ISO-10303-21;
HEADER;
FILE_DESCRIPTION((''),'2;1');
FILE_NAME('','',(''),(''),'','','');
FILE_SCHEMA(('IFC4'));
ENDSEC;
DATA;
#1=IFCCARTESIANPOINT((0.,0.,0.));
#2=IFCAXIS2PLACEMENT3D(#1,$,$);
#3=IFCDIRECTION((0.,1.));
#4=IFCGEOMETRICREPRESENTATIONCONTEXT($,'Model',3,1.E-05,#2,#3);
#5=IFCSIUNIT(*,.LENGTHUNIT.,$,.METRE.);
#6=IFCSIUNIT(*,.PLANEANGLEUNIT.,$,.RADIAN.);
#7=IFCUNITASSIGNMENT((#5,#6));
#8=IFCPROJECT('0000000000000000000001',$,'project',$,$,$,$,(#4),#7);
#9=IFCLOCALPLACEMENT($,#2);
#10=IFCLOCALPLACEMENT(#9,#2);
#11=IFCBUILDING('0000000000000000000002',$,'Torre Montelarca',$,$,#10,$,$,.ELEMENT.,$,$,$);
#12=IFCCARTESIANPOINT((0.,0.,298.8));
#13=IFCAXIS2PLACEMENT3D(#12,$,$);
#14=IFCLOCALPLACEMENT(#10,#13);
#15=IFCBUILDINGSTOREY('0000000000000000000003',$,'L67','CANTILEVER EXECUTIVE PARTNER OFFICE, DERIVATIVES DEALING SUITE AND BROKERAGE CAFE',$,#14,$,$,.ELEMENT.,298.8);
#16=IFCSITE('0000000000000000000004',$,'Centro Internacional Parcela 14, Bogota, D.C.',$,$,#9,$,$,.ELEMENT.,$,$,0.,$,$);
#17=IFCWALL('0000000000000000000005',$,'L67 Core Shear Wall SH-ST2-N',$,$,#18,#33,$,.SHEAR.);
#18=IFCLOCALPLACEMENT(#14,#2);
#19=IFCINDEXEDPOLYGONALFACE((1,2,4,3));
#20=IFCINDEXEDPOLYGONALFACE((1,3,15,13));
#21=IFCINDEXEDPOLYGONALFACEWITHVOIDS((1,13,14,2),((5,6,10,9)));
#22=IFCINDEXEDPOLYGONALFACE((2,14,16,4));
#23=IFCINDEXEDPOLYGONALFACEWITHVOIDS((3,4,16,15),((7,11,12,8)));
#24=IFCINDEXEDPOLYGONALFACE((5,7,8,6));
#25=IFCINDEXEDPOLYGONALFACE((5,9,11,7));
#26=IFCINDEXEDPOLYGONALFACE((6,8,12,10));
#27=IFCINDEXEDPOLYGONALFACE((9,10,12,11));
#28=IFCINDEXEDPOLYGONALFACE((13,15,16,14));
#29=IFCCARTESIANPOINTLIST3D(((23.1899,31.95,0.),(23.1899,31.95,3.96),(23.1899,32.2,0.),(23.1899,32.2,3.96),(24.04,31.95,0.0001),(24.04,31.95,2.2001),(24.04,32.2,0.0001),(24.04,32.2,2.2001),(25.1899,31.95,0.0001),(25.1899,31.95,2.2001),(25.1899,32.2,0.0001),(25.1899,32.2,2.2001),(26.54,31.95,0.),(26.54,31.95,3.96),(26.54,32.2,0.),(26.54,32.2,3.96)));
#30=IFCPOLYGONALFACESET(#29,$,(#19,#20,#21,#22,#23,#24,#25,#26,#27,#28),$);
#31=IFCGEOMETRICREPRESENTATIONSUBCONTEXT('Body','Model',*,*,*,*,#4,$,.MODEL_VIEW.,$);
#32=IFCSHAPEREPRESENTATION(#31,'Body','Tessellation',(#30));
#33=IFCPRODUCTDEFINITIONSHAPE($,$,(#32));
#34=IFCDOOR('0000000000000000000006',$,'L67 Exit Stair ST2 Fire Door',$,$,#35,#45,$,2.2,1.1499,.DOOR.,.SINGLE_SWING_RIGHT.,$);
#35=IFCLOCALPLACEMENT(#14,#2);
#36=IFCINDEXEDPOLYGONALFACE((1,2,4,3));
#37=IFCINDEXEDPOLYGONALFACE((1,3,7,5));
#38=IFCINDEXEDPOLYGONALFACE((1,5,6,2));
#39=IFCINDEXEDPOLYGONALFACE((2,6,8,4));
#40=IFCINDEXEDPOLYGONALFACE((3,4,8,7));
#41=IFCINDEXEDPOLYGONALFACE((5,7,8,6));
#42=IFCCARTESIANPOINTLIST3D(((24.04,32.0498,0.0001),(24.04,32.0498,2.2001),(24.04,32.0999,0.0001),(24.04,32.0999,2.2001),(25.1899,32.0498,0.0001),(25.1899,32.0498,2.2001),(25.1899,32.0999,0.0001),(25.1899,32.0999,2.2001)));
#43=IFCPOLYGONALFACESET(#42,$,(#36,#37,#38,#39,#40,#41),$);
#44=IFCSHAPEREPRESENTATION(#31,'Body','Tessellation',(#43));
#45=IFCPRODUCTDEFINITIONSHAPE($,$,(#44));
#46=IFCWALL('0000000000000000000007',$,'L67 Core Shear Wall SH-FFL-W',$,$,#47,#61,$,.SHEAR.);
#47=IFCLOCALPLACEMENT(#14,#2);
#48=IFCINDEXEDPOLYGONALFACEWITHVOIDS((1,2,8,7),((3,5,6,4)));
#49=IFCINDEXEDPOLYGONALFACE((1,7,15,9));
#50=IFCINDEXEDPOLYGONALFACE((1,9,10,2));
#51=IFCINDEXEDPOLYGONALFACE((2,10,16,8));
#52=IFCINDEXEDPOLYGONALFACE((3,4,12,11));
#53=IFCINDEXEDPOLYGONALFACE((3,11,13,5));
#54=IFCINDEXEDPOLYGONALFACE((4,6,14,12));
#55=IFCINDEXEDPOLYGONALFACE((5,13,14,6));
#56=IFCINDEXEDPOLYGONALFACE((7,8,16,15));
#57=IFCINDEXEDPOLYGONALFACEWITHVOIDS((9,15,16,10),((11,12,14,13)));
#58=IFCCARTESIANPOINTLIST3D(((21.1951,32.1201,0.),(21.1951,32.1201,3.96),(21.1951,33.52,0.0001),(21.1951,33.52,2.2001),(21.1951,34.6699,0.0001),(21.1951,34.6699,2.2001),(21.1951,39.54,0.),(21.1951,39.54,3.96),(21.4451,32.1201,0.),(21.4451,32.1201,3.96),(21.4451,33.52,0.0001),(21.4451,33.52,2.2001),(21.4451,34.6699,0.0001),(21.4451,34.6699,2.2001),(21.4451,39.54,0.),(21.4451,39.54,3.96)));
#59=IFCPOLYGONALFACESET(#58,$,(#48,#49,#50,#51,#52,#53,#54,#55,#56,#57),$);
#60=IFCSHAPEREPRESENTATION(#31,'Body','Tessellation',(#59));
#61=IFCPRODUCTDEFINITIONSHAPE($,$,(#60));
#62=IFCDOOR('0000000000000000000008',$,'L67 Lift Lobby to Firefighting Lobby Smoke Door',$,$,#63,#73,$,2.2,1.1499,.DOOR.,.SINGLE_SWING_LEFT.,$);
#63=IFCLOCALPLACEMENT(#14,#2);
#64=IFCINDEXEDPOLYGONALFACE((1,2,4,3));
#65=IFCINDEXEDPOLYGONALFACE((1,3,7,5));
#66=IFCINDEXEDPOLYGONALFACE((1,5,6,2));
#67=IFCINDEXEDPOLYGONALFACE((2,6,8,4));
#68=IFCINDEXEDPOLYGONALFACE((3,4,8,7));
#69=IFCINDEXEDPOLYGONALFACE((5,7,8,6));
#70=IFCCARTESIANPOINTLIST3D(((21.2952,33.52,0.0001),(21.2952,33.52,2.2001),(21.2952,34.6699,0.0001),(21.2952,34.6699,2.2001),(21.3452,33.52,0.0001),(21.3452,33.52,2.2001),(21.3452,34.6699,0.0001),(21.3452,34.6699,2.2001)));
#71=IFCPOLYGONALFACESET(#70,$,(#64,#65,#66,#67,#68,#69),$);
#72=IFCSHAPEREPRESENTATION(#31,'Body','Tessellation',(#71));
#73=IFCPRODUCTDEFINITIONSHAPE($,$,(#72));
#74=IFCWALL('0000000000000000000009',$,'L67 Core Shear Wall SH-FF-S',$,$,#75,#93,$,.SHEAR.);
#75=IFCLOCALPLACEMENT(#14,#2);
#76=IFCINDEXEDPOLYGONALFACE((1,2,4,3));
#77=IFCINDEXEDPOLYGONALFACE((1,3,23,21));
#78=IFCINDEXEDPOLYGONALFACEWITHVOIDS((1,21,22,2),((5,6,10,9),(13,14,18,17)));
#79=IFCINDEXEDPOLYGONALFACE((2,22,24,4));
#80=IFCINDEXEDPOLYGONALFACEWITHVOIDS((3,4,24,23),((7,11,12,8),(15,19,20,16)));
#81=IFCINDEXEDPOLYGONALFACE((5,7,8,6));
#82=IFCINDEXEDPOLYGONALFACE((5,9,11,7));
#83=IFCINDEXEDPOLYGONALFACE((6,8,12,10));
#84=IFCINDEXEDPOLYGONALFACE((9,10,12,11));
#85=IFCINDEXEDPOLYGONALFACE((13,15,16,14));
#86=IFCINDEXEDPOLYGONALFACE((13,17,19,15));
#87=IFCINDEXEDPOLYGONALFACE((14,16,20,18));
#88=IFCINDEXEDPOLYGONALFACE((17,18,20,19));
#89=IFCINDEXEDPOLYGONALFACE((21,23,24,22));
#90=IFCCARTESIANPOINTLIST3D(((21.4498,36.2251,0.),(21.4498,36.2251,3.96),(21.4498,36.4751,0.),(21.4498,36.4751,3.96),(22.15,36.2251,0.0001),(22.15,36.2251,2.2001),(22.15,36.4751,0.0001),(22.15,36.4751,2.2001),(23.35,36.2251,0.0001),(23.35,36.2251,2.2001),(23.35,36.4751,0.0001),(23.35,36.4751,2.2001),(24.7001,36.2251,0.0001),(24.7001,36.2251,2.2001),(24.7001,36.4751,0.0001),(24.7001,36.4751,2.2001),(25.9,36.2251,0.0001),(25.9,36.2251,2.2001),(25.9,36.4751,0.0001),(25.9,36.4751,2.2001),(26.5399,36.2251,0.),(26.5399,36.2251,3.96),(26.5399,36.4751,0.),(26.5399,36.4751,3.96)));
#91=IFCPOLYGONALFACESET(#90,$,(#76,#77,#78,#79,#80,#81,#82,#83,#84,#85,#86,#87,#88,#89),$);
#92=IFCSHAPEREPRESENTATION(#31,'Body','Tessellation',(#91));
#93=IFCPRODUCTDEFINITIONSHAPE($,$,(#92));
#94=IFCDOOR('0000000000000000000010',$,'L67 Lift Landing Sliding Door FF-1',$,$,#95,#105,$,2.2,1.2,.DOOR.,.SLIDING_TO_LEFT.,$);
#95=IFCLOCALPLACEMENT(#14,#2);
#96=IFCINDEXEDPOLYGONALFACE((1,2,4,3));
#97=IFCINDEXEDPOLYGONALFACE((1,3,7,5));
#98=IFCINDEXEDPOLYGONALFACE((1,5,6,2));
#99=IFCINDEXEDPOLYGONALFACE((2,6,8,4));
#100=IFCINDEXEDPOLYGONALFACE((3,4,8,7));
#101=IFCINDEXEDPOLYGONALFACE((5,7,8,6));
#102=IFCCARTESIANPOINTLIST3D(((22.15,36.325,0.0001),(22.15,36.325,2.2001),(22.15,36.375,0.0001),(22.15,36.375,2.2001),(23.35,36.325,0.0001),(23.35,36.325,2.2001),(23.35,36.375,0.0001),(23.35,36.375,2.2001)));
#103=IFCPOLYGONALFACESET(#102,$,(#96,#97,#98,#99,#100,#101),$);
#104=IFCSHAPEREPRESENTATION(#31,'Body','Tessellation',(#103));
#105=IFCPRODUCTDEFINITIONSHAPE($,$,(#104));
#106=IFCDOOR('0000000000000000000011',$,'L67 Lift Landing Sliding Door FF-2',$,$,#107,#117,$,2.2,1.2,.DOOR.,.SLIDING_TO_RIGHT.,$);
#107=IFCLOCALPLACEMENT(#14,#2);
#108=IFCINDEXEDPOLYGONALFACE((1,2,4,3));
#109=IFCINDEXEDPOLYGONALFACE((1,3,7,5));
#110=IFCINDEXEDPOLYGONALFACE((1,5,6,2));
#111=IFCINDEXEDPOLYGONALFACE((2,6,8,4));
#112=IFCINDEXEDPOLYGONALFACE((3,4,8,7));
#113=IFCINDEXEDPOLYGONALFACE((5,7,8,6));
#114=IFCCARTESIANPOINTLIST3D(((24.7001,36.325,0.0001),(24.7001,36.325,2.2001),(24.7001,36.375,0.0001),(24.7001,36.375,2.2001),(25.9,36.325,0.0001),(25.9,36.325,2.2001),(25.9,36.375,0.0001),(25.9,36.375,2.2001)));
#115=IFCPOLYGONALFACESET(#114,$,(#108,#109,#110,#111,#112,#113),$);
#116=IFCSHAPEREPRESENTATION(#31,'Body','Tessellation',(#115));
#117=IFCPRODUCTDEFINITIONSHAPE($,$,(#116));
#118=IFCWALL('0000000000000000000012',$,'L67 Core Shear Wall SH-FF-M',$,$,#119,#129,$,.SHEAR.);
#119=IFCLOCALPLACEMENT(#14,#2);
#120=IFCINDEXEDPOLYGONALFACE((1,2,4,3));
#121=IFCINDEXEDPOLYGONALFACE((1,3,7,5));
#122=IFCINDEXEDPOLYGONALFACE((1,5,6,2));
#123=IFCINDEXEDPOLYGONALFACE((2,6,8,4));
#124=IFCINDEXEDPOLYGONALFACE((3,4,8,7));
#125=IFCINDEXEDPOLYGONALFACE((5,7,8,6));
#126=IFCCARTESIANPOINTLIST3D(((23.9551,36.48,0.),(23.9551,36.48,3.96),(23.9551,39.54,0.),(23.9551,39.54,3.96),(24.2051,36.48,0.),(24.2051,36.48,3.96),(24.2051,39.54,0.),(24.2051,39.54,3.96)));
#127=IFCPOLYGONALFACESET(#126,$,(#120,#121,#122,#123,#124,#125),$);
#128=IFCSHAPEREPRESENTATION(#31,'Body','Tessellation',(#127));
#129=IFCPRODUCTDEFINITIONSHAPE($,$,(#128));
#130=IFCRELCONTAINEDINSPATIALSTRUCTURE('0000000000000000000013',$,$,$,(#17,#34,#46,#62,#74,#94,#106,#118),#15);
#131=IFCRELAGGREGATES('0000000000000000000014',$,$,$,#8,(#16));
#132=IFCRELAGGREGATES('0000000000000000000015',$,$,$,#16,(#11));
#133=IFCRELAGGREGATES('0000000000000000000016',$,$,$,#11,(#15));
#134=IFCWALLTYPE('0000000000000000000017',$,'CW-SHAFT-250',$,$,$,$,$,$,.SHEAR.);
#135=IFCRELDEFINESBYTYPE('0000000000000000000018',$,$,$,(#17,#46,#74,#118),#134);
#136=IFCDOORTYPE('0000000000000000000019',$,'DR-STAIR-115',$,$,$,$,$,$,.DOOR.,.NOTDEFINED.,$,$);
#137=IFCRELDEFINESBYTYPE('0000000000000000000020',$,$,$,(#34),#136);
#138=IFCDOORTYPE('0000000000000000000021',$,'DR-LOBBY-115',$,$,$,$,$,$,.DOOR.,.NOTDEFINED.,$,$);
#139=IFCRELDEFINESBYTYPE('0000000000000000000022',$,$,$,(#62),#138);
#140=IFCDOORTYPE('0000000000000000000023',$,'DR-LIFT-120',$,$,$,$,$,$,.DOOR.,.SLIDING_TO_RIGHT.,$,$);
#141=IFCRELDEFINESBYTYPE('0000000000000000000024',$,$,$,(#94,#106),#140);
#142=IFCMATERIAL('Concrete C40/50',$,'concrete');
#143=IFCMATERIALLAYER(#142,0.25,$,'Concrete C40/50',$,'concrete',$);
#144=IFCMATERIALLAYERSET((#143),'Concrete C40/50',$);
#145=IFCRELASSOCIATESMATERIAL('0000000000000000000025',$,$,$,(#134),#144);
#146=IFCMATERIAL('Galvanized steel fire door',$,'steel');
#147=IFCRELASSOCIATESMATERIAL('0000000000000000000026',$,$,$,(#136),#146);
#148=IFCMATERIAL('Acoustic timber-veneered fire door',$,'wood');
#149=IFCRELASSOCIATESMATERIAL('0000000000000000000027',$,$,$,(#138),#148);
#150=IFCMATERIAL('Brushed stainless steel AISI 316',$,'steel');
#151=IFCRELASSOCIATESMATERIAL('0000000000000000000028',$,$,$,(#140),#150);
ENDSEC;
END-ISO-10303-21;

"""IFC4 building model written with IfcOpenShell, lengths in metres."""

from ifc_helpers import new_model, si_unit, direction, frame, frame_2d, origin, place, context, subcontext, project, spatial, rectangle, extrude, source, transform, mapped, material, layer, layer_set, type_object, element, fill, save


model = new_model("IFC4")

# Units and contexts
model_context = context("Model", 3, precision=1e-05, world=origin(), true_north=direction((0.0, 1.0)))
body_context = subcontext(model_context, "Body", "Model", "MODEL_VIEW")
ifc_project = project(units=[si_unit("LENGTHUNIT", "METRE"), si_unit("PLANEANGLEUNIT", "RADIAN")], contexts=[model_context])

# Site, building, storey
site_placement = place(None, origin())
site = spatial("IfcSite", under=ifc_project, at=site_placement, Name="Centro Internacional Parcela 14, Bogota, D.C.", CompositionType="ELEMENT", RefElevation=0.0)
building_placement = place(site_placement, origin())
building = spatial("IfcBuilding", under=site, at=building_placement, Name="Torre Montelarca", CompositionType="ELEMENT")
storey_placement = place(building_placement, frame((0.0, 0.0, 298.8)))
storey = spatial("IfcBuildingStorey", under=building, at=storey_placement, Name="L67", Description="CANTILEVER EXECUTIVE PARTNER OFFICE, DERIVATIVES DEALING SUITE AND BROKERAGE CAFE", CompositionType="ELEMENT", Elevation=298.8)

# Walls, openings, doors
ifc_material_1 = material(Name="Concrete C40/50", Category="concrete")
ifc_layer_1 = layer(ifc_material_1, 0.25, Name="Concrete C40/50", Category="concrete")
ifc_layer_set_1 = layer_set([ifc_layer_1], Name="Concrete C40/50")
wall_type_1 = type_object("IfcWallType", Name="CW-SHAFT-250", PredefinedType="SHEAR", material=ifc_layer_set_1)
wall_1_placement = place(storey_placement, frame((23.1899, 32.075, 0.0), z_axis=(0.0, 0.0, 1.0), x_axis=(1.0, 0.0, 0.0)))
wall_1 = element("IfcWall", 1, at=wall_1_placement, inside=storey, type_object=wall_type_1, Name="L67 Core Shear Wall SH-ST2-N", PredefinedType="SHEAR", context=body_context, shape_type="SweptSolid", body=[
    extrude(rectangle(XDim=3.3501, YDim=0.25, at=frame_2d((1.675, 0.0))), origin(), (0.0, 0.0, 1.0), 3.96),
])
opening_1_placement = place(wall_1_placement, frame((0.8501, 0.0, 0.0)))
opening_1 = element("IfcOpeningElement", 2, at=opening_1_placement, cuts=wall_1, PredefinedType="OPENING", context=body_context, shape_type="SweptSolid", body=[
    extrude(rectangle(XDim=1.1499, YDim=2.2, at=frame_2d((0.575, 1.1001))), frame((0.0, 0.135, 0.0), z_axis=(0.0, -1.0, 0.0), x_axis=(1.0, 0.0, 0.0)), (0.0, 0.0, 1.0), 0.27),
])
ifc_material_2 = material(Name="Galvanized steel fire door", Category="steel")
door_type_1 = type_object("IfcDoorType", Name="DR-STAIR-115", OperationType="NOTDEFINED", PredefinedType="DOOR", material=ifc_material_2)
shared_shape_1 = source(origin(), body_context, "Body", "SweptSolid", [
    extrude(rectangle(XDim=1.1499, YDim=2.2, at=frame_2d((0.575, 1.1001))), frame((0.0, 0.0249, 0.0), z_axis=(0.0, -1.0, 0.0), x_axis=(1.0, 0.0, 0.0)), (0.0, 0.0, 1.0), 0.05),
])
door_1_placement = place(opening_1_placement, origin())
door_1 = element("IfcDoor", 3, at=door_1_placement, inside=storey, type_object=door_type_1, Name="L67 Exit Stair ST2 Fire Door", OperationType="SINGLE_SWING_RIGHT", OverallHeight=2.2, OverallWidth=1.1499, PredefinedType="DOOR", context=body_context, shape_type="MappedRepresentation", body=[
    mapped(shared_shape_1, transform((0.0, 0.0, 0.0), scale=1.0)),
])
fill(opening_1, door_1)
wall_2_placement = place(storey_placement, frame((21.3201, 32.1201, 0.0), z_axis=(0.0, 0.0, 1.0), x_axis=(0.0, 1.0, 0.0)))
wall_2 = element("IfcWall", 4, at=wall_2_placement, inside=storey, type_object=wall_type_1, Name="L67 Core Shear Wall SH-FFL-W", PredefinedType="SHEAR", context=body_context, shape_type="SweptSolid", body=[
    extrude(rectangle(XDim=7.4199, YDim=0.25, at=frame_2d((3.71, 0.0))), origin(), (0.0, 0.0, 1.0), 3.96),
])
opening_2_placement = place(wall_2_placement, frame((1.3999, 0.0, 0.0)))
opening_2 = element("IfcOpeningElement", 5, at=opening_2_placement, cuts=wall_2, PredefinedType="OPENING", context=body_context, shape_type="SweptSolid", body=[
    extrude(rectangle(XDim=1.1499, YDim=2.2, at=frame_2d((0.575, 1.1001))), frame((0.0, 0.135, 0.0), z_axis=(0.0, -1.0, 0.0), x_axis=(1.0, 0.0, 0.0)), (0.0, 0.0, 1.0), 0.27),
])
ifc_material_3 = material(Name="Acoustic timber-veneered fire door", Category="wood")
door_type_2 = type_object("IfcDoorType", Name="DR-LOBBY-115", OperationType="NOTDEFINED", PredefinedType="DOOR", material=ifc_material_3)
shared_shape_2 = source(origin(), body_context, "Body", "SweptSolid", [
    extrude(rectangle(XDim=1.1499, YDim=2.2, at=frame_2d((0.575, 1.1001))), frame((0.0, 0.0249, 0.0), z_axis=(0.0, -1.0, 0.0), x_axis=(1.0, 0.0, 0.0)), (0.0, 0.0, 1.0), 0.05),
])
door_2_placement = place(opening_2_placement, origin())
door_2 = element("IfcDoor", 6, at=door_2_placement, inside=storey, type_object=door_type_2, Name="L67 Lift Lobby to Firefighting Lobby Smoke Door", OperationType="SINGLE_SWING_LEFT", OverallHeight=2.2, OverallWidth=1.1499, PredefinedType="DOOR", context=body_context, shape_type="MappedRepresentation", body=[
    mapped(shared_shape_2, transform((0.0, 0.0, 0.0), scale=1.0)),
])
fill(opening_2, door_2)

# Wall, openings, doors
wall_3_placement = place(storey_placement, frame((21.45, 36.3501, 0.0), z_axis=(0.0, 0.0, 1.0), x_axis=(1.0, 0.0, 0.0)))
wall_3 = element("IfcWall", 7, at=wall_3_placement, inside=storey, type_object=wall_type_1, Name="L67 Core Shear Wall SH-FF-S", PredefinedType="SHEAR", context=body_context, shape_type="SweptSolid", body=[
    extrude(rectangle(XDim=5.0901, YDim=0.25, at=frame_2d((2.5449, 0.0))), origin(), (0.0, 0.0, 1.0), 3.96),
])
opening_3_placement = place(wall_3_placement, frame((0.7, 0.0, 0.0)))
opening_3 = element("IfcOpeningElement", 8, at=opening_3_placement, cuts=wall_3, PredefinedType="OPENING", context=body_context, shape_type="SweptSolid", body=[
    extrude(rectangle(XDim=1.2, YDim=2.2, at=frame_2d((0.6001, 1.1001))), frame((0.0, 0.135, 0.0), z_axis=(0.0, -1.0, 0.0), x_axis=(1.0, 0.0, 0.0)), (0.0, 0.0, 1.0), 0.27),
])
opening_4_placement = place(wall_3_placement, frame((3.25, 0.0, 0.0)))
opening_4 = element("IfcOpeningElement", 9, at=opening_4_placement, cuts=wall_3, PredefinedType="OPENING", context=body_context, shape_type="SweptSolid", body=[
    extrude(rectangle(XDim=1.2, YDim=2.2, at=frame_2d((0.6001, 1.1001))), frame((0.0, 0.135, 0.0), z_axis=(0.0, -1.0, 0.0), x_axis=(1.0, 0.0, 0.0)), (0.0, 0.0, 1.0), 0.27),
])
ifc_material_4 = material(Name="Brushed stainless steel AISI 316", Category="steel")
door_type_3 = type_object("IfcDoorType", Name="DR-LIFT-120", OperationType="SLIDING_TO_RIGHT", PredefinedType="DOOR", material=ifc_material_4)
shared_shape_3 = source(origin(), body_context, "Body", "SweptSolid", [
    extrude(rectangle(XDim=1.2, YDim=2.2, at=frame_2d((0.6001, 1.1001))), frame((0.0, 0.0249, 0.0), z_axis=(0.0, -1.0, 0.0), x_axis=(1.0, 0.0, 0.0)), (0.0, 0.0, 1.0), 0.05),
])
door_3_placement = place(opening_3_placement, origin())
door_3 = element("IfcDoor", 10, at=door_3_placement, inside=storey, type_object=door_type_3, Name="L67 Lift Landing Sliding Door FF-1", OperationType="SLIDING_TO_LEFT", OverallHeight=2.2, OverallWidth=1.2, PredefinedType="DOOR", context=body_context, shape_type="MappedRepresentation", body=[
    mapped(shared_shape_3, transform((0.0, 0.0, 0.0), scale=1.0)),
])
fill(opening_3, door_3)
door_4_placement = place(opening_4_placement, origin())
door_4 = element("IfcDoor", 11, at=door_4_placement, inside=storey, type_object=door_type_3, Name="L67 Lift Landing Sliding Door FF-2", OperationType="SLIDING_TO_RIGHT", OverallHeight=2.2, OverallWidth=1.2, PredefinedType="DOOR", context=body_context, shape_type="MappedRepresentation", body=[
    mapped(shared_shape_3, transform((0.0, 0.0, 0.0), scale=1.0)),
])
fill(opening_4, door_4)

# Wall
wall_4_placement = place(storey_placement, frame((24.0801, 36.48, 0.0), z_axis=(0.0, 0.0, 1.0), x_axis=(0.0, 1.0, 0.0)))
element("IfcWall", 12, at=wall_4_placement, inside=storey, type_object=wall_type_1, Name="L67 Core Shear Wall SH-FF-M", PredefinedType="SHEAR", context=body_context, shape_type="SweptSolid", body=[
    extrude(rectangle(XDim=3.0601, YDim=0.25, at=frame_2d((1.53, 0.0))), origin(), (0.0, 0.0, 1.0), 3.96),
])

save(model, "model.ifc")
